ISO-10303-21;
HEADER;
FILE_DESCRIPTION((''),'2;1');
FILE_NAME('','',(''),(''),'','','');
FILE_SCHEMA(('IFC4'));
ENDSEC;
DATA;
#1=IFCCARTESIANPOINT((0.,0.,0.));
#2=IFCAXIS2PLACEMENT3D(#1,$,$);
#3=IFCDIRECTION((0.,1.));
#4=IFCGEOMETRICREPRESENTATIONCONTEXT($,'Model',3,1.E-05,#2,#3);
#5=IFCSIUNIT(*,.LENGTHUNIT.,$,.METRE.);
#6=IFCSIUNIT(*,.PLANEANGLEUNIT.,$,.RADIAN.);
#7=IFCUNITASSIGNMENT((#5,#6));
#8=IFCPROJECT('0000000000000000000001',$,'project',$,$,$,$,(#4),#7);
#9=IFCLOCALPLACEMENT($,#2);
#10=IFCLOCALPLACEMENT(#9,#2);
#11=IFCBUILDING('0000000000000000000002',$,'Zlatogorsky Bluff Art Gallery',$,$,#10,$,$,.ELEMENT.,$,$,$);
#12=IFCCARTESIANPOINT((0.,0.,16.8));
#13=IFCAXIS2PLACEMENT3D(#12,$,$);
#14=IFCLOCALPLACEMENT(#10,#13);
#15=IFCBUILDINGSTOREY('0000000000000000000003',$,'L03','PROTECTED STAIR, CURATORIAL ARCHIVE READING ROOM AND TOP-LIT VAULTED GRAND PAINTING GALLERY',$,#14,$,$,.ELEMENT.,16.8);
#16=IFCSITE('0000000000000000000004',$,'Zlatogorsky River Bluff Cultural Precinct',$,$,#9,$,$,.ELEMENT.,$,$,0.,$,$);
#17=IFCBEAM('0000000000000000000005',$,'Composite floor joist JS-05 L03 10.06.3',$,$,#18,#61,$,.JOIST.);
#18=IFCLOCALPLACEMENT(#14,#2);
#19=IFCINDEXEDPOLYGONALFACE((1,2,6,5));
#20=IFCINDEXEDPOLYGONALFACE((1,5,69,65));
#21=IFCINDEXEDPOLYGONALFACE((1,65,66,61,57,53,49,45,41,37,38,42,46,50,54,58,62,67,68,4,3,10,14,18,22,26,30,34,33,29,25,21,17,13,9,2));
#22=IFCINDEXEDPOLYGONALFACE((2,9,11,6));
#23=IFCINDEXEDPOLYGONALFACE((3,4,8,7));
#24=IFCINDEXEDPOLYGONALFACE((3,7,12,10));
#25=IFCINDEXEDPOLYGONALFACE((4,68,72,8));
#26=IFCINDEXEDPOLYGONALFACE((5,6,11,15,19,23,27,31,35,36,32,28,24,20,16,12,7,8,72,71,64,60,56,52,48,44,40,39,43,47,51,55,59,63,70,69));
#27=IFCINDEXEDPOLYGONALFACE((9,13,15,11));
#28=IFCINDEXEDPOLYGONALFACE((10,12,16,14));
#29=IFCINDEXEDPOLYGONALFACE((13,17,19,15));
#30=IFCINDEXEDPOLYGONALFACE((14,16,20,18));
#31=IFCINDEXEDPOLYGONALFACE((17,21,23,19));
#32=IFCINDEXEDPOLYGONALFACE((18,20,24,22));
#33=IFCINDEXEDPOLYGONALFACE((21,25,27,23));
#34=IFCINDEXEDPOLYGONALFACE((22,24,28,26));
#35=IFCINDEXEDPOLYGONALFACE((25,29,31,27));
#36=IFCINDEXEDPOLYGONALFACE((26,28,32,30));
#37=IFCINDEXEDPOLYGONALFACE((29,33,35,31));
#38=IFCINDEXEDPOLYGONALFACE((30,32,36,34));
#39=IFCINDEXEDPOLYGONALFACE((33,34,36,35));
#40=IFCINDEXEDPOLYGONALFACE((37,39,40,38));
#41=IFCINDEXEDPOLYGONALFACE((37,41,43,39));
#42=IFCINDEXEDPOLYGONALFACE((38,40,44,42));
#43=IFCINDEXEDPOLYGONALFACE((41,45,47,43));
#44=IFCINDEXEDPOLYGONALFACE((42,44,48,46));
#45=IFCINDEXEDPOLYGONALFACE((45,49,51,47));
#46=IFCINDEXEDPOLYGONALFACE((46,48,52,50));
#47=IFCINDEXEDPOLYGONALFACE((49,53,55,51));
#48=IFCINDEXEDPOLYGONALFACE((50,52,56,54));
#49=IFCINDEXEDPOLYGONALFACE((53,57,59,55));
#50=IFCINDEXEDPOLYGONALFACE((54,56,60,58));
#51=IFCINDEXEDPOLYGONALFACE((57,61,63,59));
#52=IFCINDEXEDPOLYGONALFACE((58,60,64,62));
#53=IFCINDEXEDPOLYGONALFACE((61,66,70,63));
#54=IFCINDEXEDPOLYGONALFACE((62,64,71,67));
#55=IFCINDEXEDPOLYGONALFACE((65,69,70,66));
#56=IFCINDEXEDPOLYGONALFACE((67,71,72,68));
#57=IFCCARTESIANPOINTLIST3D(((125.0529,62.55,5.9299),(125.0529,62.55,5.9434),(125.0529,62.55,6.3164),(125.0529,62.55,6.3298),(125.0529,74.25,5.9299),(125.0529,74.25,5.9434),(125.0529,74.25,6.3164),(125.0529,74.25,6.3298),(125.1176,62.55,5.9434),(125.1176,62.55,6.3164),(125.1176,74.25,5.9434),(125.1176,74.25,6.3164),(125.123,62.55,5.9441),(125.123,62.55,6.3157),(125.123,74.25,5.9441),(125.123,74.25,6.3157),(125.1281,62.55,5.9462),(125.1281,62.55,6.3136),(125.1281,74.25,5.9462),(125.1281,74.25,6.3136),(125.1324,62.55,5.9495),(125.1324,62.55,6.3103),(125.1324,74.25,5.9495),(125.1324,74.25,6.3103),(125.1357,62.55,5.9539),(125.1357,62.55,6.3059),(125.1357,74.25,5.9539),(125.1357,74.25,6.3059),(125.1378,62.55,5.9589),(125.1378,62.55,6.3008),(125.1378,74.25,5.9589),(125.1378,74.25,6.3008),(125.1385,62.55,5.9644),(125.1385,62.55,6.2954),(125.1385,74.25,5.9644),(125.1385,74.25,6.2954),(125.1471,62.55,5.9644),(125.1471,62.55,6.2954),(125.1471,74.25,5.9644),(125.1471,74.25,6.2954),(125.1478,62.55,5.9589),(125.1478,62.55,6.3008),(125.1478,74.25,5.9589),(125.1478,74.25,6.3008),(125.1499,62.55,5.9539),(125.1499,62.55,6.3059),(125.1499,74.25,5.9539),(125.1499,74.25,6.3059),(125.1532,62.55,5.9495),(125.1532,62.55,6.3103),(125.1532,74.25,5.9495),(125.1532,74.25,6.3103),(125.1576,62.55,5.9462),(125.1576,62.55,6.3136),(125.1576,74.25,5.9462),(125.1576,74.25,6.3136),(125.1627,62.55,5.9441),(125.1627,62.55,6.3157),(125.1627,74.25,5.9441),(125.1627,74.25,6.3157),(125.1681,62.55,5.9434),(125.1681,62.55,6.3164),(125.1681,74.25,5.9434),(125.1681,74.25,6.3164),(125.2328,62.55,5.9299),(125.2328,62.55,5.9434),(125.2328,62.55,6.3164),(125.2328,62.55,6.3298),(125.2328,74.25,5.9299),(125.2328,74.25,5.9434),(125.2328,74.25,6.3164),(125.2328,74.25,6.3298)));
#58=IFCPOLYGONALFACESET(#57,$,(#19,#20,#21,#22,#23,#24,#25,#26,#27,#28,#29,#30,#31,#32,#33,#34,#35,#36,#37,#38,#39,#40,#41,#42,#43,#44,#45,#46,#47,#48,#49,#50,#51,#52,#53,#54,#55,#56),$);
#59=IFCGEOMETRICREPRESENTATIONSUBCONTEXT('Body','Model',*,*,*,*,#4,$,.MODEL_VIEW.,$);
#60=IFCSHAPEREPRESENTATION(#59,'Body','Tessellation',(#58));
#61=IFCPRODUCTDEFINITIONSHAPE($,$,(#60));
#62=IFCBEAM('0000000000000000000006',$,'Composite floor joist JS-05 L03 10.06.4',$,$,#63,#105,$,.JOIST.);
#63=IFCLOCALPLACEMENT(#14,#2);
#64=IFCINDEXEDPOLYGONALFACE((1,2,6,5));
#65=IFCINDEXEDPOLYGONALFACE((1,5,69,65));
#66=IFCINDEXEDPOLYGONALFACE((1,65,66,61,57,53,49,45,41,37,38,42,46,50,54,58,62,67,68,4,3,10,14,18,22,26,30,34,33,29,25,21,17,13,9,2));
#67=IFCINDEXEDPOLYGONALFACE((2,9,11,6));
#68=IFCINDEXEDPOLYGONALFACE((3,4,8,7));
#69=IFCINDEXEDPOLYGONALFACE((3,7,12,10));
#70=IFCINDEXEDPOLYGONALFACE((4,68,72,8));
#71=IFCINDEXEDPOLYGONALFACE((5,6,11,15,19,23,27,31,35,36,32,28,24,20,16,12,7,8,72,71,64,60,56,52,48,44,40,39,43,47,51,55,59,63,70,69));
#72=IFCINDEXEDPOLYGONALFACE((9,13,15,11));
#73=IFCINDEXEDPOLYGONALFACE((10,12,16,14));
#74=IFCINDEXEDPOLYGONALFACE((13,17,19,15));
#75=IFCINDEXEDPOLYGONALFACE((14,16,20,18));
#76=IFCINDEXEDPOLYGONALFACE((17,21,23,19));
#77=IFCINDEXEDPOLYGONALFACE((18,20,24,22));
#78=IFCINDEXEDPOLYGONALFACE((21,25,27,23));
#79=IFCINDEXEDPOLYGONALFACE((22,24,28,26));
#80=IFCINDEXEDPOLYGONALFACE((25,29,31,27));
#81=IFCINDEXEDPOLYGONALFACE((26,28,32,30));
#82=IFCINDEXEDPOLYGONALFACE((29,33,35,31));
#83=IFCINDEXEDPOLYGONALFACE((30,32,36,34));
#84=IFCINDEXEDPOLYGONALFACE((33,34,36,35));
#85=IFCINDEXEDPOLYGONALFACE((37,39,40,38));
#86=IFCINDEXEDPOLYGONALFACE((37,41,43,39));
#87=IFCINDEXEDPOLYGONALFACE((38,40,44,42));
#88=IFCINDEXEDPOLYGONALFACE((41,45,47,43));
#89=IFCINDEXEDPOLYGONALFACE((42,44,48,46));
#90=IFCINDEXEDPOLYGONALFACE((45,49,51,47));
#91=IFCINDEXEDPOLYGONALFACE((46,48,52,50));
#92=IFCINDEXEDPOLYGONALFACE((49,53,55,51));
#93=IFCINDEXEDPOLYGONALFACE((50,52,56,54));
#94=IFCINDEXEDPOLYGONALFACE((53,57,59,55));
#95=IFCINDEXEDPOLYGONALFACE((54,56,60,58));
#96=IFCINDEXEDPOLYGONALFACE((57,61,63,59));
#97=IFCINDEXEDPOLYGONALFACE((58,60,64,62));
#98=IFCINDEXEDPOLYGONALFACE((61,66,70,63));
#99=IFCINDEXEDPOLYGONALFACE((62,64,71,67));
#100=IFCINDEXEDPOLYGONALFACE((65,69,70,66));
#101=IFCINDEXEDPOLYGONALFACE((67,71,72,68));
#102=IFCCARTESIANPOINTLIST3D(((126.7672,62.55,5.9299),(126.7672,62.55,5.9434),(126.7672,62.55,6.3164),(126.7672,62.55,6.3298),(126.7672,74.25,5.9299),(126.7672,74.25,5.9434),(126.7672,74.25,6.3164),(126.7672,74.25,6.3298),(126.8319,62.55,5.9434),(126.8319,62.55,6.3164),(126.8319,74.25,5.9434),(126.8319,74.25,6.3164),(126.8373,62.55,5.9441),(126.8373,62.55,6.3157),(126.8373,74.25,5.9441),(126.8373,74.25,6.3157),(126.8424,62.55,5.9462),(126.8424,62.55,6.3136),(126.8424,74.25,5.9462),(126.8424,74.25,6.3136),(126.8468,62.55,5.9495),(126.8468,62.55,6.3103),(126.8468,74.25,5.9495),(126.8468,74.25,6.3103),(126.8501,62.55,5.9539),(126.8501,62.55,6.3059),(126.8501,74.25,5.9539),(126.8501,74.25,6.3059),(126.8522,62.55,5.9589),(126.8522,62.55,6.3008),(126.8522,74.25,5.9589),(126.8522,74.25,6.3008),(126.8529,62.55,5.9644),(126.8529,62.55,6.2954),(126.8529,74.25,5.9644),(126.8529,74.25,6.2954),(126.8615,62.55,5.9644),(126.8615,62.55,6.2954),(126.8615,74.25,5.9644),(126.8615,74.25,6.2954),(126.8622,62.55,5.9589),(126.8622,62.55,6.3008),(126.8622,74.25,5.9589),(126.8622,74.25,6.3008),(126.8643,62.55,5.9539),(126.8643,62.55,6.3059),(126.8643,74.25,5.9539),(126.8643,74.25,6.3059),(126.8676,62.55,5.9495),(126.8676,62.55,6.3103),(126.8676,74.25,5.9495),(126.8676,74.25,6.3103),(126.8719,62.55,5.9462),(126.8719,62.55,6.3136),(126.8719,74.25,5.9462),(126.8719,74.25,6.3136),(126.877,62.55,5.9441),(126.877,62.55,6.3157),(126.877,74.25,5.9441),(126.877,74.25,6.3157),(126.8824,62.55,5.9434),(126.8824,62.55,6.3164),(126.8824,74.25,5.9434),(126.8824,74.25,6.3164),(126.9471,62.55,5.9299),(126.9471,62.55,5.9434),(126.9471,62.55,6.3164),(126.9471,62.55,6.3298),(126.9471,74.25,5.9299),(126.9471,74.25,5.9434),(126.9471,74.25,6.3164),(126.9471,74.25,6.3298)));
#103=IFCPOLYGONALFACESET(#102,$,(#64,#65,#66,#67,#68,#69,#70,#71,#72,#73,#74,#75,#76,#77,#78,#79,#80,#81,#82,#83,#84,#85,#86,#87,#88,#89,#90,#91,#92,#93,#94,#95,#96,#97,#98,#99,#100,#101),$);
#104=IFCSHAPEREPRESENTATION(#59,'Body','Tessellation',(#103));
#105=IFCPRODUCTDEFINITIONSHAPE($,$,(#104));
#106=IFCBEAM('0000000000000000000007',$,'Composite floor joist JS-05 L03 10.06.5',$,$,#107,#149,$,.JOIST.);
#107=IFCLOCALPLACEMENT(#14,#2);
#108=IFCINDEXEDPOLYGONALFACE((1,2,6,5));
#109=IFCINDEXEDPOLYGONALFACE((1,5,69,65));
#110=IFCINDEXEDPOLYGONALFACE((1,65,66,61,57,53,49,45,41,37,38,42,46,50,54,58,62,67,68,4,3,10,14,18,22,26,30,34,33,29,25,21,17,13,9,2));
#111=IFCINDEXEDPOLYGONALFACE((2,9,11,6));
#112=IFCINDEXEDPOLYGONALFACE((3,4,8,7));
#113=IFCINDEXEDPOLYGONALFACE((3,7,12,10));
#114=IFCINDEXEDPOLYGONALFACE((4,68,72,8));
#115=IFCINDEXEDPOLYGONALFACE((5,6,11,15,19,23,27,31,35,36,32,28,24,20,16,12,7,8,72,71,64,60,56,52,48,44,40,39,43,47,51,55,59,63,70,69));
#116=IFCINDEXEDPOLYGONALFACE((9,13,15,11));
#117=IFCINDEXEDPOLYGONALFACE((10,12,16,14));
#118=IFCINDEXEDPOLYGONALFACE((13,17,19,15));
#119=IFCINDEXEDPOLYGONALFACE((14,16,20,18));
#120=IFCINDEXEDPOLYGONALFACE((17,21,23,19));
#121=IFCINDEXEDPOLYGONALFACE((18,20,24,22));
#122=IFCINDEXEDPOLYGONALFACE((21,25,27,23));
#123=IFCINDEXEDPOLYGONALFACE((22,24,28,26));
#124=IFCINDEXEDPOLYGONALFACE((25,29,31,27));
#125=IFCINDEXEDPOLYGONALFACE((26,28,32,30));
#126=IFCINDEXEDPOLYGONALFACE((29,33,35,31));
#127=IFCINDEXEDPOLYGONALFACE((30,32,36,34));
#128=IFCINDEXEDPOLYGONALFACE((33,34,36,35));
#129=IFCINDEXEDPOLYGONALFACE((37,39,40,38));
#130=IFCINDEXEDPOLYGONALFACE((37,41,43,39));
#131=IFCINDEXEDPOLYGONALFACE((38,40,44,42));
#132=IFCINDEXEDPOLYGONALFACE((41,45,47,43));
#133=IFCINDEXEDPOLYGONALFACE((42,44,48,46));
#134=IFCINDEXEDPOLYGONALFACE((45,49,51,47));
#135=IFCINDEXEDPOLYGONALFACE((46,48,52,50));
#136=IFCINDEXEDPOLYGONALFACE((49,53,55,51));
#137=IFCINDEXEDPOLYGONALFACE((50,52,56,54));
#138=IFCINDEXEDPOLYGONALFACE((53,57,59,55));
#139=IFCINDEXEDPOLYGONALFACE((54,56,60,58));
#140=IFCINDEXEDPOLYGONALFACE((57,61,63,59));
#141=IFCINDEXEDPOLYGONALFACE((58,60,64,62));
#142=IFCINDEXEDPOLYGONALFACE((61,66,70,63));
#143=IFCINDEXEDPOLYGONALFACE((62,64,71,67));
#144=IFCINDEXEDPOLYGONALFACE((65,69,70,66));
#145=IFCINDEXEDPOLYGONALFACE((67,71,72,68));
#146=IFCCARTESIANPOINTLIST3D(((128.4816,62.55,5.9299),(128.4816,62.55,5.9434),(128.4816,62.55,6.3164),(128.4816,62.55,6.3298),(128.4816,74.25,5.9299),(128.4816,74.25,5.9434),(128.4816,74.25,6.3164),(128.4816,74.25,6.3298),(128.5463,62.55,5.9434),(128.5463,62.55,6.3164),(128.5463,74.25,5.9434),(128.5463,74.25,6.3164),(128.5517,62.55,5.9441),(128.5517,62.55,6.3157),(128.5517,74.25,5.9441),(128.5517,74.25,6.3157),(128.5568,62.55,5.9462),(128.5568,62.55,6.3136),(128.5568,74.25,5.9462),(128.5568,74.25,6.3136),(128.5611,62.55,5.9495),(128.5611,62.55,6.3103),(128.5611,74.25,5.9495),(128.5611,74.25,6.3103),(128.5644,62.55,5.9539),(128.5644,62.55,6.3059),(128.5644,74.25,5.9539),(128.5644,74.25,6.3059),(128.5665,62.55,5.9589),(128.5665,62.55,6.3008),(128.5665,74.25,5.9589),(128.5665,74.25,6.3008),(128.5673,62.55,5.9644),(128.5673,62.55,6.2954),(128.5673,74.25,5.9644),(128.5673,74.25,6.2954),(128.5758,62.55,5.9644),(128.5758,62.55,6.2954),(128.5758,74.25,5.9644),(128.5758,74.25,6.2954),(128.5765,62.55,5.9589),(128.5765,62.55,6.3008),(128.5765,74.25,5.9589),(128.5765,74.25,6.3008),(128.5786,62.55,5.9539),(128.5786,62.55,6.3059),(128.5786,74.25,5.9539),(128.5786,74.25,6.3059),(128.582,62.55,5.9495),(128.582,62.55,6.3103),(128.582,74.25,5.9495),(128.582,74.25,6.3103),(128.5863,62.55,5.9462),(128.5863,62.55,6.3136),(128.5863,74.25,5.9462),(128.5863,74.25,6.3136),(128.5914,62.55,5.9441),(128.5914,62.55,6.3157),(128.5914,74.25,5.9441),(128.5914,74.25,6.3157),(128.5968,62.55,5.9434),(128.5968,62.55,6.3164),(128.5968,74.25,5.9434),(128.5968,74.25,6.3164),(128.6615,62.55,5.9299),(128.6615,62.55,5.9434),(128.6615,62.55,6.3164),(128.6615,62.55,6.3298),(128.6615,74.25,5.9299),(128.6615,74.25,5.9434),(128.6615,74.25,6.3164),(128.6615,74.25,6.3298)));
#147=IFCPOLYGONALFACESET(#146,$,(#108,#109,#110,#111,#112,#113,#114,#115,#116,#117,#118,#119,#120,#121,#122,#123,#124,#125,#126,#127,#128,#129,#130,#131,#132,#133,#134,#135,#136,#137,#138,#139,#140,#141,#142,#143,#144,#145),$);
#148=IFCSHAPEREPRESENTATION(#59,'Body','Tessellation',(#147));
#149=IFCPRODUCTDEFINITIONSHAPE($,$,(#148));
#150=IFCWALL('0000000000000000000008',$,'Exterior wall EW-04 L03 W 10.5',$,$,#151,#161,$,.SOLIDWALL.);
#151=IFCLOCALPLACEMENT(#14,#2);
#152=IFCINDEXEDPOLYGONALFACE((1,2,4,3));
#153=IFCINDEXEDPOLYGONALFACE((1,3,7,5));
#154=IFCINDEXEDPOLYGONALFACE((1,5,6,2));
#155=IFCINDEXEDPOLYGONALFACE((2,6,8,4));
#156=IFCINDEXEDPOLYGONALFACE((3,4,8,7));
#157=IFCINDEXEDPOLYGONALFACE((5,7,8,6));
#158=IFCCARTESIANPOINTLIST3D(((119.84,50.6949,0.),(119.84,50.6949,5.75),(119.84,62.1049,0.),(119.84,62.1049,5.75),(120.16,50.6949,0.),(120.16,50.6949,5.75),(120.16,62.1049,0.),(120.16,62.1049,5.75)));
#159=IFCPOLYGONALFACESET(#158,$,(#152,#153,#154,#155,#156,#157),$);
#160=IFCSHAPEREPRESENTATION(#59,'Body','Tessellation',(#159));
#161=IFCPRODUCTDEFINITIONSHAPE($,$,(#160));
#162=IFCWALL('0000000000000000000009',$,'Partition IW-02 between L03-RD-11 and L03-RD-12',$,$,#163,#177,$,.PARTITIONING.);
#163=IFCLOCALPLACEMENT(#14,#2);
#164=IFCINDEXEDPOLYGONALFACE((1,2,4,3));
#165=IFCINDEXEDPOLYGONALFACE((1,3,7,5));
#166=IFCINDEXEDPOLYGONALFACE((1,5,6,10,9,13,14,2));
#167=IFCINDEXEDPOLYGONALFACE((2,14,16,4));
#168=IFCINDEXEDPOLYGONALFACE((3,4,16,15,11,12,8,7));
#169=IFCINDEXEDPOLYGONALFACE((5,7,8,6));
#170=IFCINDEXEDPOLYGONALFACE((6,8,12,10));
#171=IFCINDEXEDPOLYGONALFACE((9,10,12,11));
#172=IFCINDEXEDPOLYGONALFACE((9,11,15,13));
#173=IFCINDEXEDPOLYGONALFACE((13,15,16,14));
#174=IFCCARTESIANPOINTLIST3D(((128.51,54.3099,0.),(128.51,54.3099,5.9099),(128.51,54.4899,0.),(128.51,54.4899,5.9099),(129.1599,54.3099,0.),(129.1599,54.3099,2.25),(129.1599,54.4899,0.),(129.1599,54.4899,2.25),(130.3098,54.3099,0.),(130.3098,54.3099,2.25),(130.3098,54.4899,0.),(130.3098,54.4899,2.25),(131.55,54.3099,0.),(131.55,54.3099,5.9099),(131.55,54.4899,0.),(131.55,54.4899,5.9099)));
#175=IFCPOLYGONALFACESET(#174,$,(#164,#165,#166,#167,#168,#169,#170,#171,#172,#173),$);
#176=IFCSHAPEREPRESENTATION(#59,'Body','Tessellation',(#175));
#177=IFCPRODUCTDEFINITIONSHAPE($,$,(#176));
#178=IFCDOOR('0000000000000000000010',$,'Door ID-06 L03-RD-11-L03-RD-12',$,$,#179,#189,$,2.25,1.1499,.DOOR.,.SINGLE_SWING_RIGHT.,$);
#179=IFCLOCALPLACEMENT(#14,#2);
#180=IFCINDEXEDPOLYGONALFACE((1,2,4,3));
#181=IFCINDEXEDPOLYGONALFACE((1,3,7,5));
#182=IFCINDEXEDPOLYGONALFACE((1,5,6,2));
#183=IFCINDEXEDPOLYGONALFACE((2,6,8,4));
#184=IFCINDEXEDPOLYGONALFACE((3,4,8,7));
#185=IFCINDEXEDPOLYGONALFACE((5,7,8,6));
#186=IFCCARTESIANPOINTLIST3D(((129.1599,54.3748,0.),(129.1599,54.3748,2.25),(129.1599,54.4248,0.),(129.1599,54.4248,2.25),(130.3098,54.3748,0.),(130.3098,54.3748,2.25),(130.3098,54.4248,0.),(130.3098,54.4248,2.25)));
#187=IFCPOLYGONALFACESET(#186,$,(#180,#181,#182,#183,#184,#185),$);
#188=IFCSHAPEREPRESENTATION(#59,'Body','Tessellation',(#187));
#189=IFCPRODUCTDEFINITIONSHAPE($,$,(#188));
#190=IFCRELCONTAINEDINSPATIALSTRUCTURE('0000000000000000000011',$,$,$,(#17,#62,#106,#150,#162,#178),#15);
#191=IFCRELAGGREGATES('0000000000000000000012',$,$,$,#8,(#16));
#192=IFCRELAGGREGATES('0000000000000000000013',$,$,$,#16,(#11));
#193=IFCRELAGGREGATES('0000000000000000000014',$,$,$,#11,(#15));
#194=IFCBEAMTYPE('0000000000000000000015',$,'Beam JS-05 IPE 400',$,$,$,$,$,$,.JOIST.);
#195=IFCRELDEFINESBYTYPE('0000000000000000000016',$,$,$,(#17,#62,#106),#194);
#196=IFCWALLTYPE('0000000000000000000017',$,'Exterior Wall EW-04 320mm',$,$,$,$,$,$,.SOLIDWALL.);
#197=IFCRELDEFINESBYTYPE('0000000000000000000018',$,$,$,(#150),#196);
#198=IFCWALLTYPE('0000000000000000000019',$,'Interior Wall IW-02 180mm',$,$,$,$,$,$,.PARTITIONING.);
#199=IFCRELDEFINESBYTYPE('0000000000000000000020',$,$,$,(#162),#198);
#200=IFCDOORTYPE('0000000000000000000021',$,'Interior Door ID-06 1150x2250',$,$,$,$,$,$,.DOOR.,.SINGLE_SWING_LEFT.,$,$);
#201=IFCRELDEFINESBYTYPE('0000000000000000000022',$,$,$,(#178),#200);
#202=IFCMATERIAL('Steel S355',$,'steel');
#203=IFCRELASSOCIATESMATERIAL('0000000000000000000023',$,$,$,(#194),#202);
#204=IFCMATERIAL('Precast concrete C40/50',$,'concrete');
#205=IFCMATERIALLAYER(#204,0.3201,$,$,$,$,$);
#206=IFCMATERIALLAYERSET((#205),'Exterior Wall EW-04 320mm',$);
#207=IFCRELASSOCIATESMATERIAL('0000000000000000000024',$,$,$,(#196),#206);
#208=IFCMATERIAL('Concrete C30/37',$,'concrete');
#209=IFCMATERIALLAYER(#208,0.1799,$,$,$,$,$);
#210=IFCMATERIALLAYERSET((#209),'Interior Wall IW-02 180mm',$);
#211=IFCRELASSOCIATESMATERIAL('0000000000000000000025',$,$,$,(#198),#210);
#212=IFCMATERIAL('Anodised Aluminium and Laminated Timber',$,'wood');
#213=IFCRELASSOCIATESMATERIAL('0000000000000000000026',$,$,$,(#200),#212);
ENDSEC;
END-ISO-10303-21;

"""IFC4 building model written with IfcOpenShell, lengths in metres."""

from ifc_helpers import new_model, si_unit, direction, frame, frame_2d, origin, origin_2d, place, context, subcontext, project, spatial, rectangle, i_section, extrude, material, layer, layer_set, material_profile, profile_set, type_object, element, fill, save


model = new_model("IFC4")

# Units and contexts
model_context = context("Model", 3, precision=1e-05, world=origin(), true_north=direction((0.0, 1.0)))
body_context = subcontext(model_context, "Body", "Model", "MODEL_VIEW")
ifc_project = project(units=[si_unit("LENGTHUNIT", "METRE"), si_unit("PLANEANGLEUNIT", "RADIAN")], contexts=[model_context])

# Site, building, storey
site_placement = place(None, origin())
site = spatial("IfcSite", under=ifc_project, at=site_placement, Name="Zlatogorsky River Bluff Cultural Precinct", CompositionType="ELEMENT", RefElevation=0.0)
building_placement = place(site_placement, origin())
building = spatial("IfcBuilding", under=site, at=building_placement, Name="Zlatogorsky Bluff Art Gallery", CompositionType="ELEMENT")
storey_placement = place(building_placement, frame((0.0, 0.0, 16.8)))
storey = spatial("IfcBuildingStorey", under=building, at=storey_placement, Name="L03", Description="PROTECTED STAIR, CURATORIAL ARCHIVE READING ROOM AND TOP-LIT VAULTED GRAND PAINTING GALLERY", CompositionType="ELEMENT", Elevation=16.8)

# Beams
ifc_material_1 = material(Name="Steel S355", Category="steel")
ifc_material_profile_1 = material_profile(ifc_material_1, i_section(OverallWidth=0.1799, OverallDepth=0.3999, WebThickness=0.0085, FlangeThickness=0.0134, FilletRadius=0.021, at=origin_2d()), Name="IPE 400")
ifc_profile_set_1 = profile_set([ifc_material_profile_1], Name="Steel S355")
beam_type_1 = type_object("IfcBeamType", Name="Beam JS-05 IPE 400", PredefinedType="JOIST", material=ifc_profile_set_1)
for number, where, z_axis, x_axis, name in (
    (1, (125.1428, 62.55, 6.1299), (0.0, 1.0, 0.0), (-1.0, 0.0, 0.0), "Composite floor joist JS-05 L03 10.06.3"),
    (2, (126.8572, 62.55, 6.1299), (0.0, 1.0, 0.0), (-1.0, 0.0, 0.0), "Composite floor joist JS-05 L03 10.06.4"),
    (3, (128.5715, 62.55, 6.1299), (0.0, 1.0, 0.0), (-1.0, 0.0, 0.0), "Composite floor joist JS-05 L03 10.06.5"),
):
    element("IfcBeam", number, at=place(storey_placement, frame(where, z_axis=z_axis, x_axis=x_axis)), inside=storey, type_object=beam_type_1, Name=name, PredefinedType="JOIST", context=body_context, shape_type="SweptSolid", body=[
        extrude(i_section(OverallWidth=0.1799, OverallDepth=0.3999, WebThickness=0.0085, FlangeThickness=0.0134, FilletRadius=0.021, at=origin_2d()), origin(), (0.0, 0.0, 1.0), 11.7),
    ])

# Wall
ifc_material_2 = material(Name="Precast concrete C40/50", Category="concrete")
ifc_layer_1 = layer(ifc_material_2, 0.3201)
ifc_layer_set_1 = layer_set([ifc_layer_1], Name="Exterior Wall EW-04 320mm")
wall_type_1 = type_object("IfcWallType", Name="Exterior Wall EW-04 320mm", PredefinedType="SOLIDWALL", material=ifc_layer_set_1)
wall_1_placement = place(storey_placement, frame((120.0, 62.105, 0.0), z_axis=(0.0, 0.0, 1.0), x_axis=(0.0, -1.0, 0.0)))
element("IfcWall", 4, at=wall_1_placement, inside=storey, type_object=wall_type_1, Name="Exterior wall EW-04 L03 W 10.5", PredefinedType="SOLIDWALL", context=body_context, shape_type="SweptSolid", body=[
    extrude(rectangle(XDim=11.4099, YDim=0.3201, at=frame_2d((5.7051, 0.0))), origin(), (0.0, 0.0, 1.0), 5.75),
])

# Wall, opening, door
ifc_material_3 = material(Name="Concrete C30/37", Category="concrete")
ifc_layer_2 = layer(ifc_material_3, 0.1799)
ifc_layer_set_2 = layer_set([ifc_layer_2], Name="Interior Wall IW-02 180mm")
wall_type_2 = type_object("IfcWallType", Name="Interior Wall IW-02 180mm", PredefinedType="PARTITIONING", material=ifc_layer_set_2)
wall_2_placement = place(storey_placement, frame((128.51, 54.3999, 0.0), z_axis=(0.0, 0.0, 1.0), x_axis=(1.0, 0.0, 0.0)))
wall_2 = element("IfcWall", 5, at=wall_2_placement, inside=storey, type_object=wall_type_2, Name="Partition IW-02 between L03-RD-11 and L03-RD-12", PredefinedType="PARTITIONING", context=body_context, shape_type="SweptSolid", body=[
    extrude(rectangle(XDim=3.04, YDim=0.1799, at=frame_2d((1.52, 0.0))), origin(), (0.0, 0.0, 1.0), 5.9099),
])
opening_placement = place(wall_2_placement, frame((0.6499, 0.0, 0.0)))
opening = element("IfcOpeningElement", 6, at=opening_placement, cuts=wall_2, PredefinedType="OPENING", context=body_context, shape_type="SweptSolid", body=[
    extrude(rectangle(XDim=1.1499, YDim=2.25, at=frame_2d((0.575, 1.125))), frame((0.0, 0.0999, 0.0), z_axis=(0.0, -1.0, 0.0), x_axis=(1.0, 0.0, 0.0)), (0.0, 0.0, 1.0), 0.2),
])
ifc_material_4 = material(Name="Anodised Aluminium and Laminated Timber", Category="wood")
door_type = type_object("IfcDoorType", Name="Interior Door ID-06 1150x2250", OperationType="SINGLE_SWING_LEFT", PredefinedType="DOOR", material=ifc_material_4)
door_placement = place(opening_placement, origin())
door = element("IfcDoor", 7, at=door_placement, inside=storey, type_object=door_type, Name="Door ID-06 L03-RD-11-L03-RD-12", OperationType="SINGLE_SWING_RIGHT", OverallHeight=2.25, OverallWidth=1.1499, PredefinedType="DOOR", context=body_context, shape_type="SweptSolid", body=[
    extrude(rectangle(XDim=1.1499, YDim=2.25, at=frame_2d((0.575, 1.125))), frame((0.0, 0.0249, 0.0), z_axis=(0.0, -1.0, 0.0), x_axis=(1.0, 0.0, 0.0)), (0.0, 0.0, 1.0), 0.05),
])
fill(opening, door)

save(model, "model.ifc")
